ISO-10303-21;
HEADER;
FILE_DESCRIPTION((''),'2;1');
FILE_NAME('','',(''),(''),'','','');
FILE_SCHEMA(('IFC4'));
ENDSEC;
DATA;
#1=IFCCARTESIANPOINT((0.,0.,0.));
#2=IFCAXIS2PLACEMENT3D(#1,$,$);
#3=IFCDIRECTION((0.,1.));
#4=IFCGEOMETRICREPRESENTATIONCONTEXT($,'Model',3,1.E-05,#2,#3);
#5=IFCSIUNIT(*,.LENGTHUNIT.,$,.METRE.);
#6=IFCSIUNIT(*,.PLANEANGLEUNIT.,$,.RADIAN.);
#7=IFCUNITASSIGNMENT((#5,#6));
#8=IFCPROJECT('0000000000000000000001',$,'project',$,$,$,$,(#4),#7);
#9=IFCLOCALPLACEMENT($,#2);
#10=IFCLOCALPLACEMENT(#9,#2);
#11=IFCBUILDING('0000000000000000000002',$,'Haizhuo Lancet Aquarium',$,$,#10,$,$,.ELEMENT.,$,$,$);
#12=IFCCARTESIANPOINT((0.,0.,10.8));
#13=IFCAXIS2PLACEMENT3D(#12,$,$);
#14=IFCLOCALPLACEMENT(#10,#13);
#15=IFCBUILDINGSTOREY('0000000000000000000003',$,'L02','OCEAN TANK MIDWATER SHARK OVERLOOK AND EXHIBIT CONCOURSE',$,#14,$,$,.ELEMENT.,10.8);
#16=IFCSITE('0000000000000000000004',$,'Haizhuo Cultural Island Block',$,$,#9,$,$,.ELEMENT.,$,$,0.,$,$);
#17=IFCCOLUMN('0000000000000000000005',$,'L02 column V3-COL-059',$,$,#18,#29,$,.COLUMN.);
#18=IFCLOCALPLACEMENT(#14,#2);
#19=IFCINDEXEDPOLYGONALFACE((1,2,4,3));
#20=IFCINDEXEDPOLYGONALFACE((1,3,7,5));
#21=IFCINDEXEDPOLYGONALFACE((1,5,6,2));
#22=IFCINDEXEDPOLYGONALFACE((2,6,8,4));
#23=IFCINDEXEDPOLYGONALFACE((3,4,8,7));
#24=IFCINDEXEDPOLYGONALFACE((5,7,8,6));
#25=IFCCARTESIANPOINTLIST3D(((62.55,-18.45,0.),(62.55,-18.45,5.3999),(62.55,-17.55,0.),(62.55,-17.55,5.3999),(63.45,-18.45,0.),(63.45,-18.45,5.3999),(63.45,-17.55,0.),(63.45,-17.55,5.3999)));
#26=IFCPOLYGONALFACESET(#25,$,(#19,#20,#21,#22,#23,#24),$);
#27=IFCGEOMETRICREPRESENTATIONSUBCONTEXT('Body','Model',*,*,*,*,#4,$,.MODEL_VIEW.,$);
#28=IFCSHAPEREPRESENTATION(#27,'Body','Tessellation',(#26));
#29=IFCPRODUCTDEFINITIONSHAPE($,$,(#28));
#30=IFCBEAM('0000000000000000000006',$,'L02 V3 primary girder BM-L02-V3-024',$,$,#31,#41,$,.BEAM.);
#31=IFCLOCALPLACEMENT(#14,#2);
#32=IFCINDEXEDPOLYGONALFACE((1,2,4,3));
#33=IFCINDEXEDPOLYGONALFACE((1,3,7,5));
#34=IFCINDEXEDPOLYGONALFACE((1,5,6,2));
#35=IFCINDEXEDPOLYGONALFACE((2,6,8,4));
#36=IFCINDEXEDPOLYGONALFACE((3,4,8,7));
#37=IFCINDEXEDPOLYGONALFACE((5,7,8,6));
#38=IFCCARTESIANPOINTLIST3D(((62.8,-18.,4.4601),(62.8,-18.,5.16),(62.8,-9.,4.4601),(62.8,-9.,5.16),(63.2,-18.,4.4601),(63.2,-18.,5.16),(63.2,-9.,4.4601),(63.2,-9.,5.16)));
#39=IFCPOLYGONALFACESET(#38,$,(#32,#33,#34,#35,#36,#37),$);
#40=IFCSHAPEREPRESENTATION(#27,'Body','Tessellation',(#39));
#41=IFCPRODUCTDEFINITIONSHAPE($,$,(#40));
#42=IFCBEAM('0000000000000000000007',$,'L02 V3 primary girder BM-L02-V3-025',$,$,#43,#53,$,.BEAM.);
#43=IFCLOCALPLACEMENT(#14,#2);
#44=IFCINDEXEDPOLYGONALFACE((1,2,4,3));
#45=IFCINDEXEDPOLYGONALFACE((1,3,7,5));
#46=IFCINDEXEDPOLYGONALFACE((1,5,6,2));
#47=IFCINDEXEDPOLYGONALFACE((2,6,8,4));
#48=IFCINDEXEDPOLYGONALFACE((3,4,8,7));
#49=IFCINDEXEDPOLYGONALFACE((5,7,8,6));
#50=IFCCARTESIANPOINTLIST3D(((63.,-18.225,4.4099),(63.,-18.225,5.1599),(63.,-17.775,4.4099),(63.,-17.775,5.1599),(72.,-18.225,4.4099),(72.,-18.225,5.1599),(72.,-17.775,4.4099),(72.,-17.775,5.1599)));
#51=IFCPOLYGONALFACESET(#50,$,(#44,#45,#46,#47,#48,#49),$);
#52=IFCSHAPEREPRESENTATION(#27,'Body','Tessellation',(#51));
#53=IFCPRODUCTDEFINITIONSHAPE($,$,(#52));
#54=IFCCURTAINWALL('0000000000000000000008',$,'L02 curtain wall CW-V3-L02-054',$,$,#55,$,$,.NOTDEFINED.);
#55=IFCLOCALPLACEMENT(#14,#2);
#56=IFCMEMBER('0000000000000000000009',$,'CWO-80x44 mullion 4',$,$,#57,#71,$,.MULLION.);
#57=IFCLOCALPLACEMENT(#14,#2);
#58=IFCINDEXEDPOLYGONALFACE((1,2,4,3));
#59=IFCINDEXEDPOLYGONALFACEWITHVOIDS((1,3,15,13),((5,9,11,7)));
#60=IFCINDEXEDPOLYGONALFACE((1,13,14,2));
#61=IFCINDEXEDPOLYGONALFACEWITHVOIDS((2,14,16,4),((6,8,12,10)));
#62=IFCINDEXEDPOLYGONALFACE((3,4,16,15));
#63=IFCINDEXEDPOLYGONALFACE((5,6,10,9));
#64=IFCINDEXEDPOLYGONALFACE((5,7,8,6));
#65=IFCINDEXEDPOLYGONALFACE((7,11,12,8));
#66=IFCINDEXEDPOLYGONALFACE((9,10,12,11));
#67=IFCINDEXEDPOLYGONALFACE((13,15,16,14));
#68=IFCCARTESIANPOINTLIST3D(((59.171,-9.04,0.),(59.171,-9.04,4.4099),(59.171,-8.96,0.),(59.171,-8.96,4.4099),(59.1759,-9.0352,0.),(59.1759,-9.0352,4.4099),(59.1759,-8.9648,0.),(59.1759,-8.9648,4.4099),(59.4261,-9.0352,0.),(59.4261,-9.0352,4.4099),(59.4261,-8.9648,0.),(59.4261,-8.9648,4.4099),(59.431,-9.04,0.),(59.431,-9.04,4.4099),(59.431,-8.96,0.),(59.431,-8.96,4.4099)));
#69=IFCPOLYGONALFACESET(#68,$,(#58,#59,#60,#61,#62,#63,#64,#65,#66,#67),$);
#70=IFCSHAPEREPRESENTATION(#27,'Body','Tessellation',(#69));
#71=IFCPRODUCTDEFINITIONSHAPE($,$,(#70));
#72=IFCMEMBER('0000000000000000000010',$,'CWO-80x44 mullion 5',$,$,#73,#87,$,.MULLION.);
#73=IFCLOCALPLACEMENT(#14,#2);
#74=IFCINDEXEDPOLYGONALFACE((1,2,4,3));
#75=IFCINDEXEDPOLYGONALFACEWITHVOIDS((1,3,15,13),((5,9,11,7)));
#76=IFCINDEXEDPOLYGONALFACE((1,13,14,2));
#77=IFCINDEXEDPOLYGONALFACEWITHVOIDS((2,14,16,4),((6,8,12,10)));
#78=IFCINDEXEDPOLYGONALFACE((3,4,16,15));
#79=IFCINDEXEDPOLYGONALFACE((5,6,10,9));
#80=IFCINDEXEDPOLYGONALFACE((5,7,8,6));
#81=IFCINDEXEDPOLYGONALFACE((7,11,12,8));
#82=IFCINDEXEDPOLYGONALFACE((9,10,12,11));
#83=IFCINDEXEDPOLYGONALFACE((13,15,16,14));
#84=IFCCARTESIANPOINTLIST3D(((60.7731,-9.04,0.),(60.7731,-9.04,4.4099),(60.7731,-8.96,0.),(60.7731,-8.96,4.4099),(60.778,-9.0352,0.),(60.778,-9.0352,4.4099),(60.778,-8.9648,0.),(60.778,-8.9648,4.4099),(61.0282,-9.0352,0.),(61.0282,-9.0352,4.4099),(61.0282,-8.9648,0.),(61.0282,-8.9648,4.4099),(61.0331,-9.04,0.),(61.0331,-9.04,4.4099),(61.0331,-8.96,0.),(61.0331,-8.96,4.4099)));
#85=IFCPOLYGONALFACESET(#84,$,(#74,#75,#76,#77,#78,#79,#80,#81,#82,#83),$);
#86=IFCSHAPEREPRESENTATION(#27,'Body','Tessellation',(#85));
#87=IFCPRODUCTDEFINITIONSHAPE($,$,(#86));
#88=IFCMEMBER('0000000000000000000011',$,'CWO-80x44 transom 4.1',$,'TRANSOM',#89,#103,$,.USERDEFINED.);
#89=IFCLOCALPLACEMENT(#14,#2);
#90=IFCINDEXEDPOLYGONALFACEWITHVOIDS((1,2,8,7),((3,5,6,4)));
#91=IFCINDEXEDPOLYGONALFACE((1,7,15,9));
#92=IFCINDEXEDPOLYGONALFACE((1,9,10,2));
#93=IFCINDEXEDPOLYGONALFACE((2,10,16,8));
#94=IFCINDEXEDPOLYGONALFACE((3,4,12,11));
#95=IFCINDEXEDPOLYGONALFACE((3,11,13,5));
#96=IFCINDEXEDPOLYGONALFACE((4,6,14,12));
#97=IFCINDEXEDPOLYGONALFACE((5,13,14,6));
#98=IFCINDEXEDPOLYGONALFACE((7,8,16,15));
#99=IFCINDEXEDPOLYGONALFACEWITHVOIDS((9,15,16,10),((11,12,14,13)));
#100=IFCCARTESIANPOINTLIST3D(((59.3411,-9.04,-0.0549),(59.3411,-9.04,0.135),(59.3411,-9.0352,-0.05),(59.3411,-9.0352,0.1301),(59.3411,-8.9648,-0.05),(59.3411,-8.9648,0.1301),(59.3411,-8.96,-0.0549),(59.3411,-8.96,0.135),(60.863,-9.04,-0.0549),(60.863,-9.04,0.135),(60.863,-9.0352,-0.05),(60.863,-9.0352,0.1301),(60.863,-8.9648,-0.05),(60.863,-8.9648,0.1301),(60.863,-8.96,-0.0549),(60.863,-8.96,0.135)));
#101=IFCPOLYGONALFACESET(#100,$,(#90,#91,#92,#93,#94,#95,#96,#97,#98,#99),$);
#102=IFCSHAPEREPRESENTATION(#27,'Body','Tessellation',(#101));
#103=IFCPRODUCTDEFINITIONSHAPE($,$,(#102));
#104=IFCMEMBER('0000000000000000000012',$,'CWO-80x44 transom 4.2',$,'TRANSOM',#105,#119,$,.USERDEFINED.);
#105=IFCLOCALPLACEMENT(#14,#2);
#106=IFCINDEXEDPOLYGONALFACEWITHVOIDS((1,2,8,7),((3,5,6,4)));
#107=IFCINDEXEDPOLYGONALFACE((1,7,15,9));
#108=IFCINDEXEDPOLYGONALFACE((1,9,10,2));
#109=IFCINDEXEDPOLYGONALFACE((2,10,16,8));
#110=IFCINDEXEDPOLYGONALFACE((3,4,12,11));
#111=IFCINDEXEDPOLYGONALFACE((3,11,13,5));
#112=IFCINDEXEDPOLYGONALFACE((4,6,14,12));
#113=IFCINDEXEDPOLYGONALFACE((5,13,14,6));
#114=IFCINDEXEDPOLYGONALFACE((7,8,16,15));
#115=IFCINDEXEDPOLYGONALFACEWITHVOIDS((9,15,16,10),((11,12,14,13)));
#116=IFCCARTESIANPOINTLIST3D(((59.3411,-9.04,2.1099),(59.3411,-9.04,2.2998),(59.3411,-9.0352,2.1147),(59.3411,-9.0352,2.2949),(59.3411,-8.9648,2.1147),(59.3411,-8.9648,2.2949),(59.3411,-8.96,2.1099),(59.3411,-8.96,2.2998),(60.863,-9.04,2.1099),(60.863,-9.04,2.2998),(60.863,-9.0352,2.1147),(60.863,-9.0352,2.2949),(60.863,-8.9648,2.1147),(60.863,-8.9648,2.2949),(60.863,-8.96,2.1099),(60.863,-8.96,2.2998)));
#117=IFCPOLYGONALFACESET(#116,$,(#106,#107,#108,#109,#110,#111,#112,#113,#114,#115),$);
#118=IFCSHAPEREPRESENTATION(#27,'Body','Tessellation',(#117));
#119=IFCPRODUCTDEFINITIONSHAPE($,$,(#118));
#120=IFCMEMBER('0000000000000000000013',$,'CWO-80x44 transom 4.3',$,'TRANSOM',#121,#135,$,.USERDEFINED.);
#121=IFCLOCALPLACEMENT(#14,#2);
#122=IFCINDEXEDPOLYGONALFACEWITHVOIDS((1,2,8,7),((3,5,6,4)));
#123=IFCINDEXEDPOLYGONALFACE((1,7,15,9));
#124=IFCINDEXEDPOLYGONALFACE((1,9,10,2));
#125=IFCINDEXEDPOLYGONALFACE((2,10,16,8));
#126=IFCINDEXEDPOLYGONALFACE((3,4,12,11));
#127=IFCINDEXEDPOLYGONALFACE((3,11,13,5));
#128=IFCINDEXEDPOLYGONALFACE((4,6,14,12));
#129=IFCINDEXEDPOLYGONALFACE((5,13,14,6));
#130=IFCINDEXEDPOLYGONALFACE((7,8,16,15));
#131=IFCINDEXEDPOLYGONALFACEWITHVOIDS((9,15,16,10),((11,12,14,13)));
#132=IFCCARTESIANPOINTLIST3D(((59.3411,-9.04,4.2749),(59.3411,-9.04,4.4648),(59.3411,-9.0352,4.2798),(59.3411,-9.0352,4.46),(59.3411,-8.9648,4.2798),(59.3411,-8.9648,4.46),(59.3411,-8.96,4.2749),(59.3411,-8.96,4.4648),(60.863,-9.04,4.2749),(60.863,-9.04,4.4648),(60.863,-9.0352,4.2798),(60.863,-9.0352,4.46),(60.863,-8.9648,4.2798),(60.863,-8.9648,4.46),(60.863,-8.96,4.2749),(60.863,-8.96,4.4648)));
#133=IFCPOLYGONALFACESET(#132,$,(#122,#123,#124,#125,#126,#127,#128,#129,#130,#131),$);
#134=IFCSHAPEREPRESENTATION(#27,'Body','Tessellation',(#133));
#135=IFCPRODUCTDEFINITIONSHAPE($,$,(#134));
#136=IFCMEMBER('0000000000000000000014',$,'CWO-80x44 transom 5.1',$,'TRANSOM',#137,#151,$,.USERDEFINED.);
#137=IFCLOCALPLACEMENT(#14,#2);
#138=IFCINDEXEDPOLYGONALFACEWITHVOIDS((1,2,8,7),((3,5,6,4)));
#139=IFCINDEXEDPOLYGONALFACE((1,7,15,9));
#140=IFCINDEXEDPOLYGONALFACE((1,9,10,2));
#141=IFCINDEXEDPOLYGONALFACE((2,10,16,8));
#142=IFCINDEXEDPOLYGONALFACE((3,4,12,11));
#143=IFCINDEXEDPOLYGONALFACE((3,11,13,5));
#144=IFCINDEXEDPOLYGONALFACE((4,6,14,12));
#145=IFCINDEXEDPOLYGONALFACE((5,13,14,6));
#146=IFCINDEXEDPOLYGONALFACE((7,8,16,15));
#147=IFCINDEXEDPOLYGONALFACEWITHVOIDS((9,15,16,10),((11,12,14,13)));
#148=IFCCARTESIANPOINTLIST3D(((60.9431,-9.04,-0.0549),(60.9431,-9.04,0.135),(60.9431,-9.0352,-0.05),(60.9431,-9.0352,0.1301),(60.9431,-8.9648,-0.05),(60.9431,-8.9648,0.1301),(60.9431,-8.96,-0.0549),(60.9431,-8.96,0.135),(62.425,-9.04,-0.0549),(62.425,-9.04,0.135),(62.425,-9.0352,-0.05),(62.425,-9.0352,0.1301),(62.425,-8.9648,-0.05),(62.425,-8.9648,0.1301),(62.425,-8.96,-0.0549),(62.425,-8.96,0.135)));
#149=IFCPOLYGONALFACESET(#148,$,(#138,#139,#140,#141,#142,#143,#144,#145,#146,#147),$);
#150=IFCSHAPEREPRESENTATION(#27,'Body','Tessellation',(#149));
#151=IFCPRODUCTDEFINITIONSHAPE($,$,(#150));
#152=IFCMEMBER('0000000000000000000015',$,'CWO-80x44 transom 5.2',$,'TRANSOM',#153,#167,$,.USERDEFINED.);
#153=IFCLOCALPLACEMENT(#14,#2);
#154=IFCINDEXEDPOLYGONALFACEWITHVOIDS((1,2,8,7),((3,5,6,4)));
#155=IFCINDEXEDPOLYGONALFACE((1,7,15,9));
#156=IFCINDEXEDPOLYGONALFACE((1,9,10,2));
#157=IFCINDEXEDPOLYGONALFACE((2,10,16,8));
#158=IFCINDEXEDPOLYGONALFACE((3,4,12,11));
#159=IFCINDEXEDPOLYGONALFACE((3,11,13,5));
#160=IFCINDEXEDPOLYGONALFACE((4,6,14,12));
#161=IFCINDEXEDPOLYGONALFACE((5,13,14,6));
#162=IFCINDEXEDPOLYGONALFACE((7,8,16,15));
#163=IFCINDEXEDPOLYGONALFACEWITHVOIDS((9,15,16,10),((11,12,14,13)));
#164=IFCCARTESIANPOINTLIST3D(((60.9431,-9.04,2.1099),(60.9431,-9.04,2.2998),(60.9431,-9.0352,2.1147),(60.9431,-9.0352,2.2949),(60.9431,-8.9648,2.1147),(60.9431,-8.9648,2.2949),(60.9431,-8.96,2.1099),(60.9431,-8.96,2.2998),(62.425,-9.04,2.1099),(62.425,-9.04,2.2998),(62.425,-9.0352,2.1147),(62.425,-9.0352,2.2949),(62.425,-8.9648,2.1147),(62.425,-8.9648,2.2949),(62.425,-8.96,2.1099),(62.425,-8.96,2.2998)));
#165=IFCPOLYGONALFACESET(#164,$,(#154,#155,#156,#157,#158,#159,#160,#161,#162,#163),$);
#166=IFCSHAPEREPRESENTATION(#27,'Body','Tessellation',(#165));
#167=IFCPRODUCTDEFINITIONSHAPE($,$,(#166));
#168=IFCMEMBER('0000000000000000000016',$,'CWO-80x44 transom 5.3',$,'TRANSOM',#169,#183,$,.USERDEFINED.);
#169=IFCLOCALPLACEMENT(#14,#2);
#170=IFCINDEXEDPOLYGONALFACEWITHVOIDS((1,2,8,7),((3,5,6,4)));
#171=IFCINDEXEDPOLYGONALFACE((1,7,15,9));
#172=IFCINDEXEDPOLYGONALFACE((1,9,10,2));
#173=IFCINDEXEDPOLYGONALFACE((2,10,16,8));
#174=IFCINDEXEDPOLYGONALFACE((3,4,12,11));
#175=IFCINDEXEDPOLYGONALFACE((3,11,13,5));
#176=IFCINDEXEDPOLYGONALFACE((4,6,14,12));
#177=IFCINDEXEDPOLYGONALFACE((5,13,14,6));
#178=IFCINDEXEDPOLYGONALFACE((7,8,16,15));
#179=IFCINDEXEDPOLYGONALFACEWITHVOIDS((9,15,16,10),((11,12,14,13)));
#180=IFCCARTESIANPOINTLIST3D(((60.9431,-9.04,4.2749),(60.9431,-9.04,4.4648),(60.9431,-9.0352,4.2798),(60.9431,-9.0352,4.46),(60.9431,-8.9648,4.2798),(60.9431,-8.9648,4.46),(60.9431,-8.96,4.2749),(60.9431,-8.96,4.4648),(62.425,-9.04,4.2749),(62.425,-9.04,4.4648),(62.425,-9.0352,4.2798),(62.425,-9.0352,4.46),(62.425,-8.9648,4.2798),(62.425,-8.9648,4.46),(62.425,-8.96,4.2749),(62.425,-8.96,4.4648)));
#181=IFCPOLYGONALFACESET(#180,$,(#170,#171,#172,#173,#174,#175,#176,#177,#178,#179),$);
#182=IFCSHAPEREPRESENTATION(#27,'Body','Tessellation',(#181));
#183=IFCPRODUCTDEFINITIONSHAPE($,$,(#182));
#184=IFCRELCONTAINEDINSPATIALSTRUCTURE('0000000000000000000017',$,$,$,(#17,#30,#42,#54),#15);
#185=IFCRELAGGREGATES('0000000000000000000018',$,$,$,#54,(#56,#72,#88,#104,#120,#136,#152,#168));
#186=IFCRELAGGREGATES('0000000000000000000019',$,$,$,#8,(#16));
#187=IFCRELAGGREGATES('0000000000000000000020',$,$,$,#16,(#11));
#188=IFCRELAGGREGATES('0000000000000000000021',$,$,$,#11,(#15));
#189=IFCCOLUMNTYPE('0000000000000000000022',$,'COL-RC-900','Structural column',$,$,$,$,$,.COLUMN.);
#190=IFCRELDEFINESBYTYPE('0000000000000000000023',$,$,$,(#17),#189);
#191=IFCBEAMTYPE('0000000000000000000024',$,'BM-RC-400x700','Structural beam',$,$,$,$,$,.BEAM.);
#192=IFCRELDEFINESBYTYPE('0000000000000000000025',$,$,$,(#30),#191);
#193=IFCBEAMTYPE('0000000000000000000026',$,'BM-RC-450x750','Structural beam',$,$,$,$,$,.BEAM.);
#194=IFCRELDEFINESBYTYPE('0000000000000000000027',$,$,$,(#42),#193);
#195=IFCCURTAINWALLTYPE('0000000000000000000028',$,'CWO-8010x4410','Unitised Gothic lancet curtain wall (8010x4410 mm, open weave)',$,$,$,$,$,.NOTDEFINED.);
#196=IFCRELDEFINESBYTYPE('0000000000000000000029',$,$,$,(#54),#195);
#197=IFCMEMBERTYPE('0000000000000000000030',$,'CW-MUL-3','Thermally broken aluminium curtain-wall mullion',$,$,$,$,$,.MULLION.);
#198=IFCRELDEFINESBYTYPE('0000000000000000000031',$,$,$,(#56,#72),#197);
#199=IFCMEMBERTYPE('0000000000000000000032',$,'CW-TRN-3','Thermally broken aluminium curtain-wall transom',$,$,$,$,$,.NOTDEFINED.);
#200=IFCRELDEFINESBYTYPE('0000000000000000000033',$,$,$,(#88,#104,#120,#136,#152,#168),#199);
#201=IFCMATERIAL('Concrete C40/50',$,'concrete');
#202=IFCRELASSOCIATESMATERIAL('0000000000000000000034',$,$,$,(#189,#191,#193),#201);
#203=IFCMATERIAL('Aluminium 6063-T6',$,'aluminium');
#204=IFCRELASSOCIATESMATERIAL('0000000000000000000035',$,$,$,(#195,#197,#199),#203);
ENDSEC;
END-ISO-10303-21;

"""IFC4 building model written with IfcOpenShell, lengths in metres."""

from ifc_helpers import new_model, si_unit, direction, frame, origin, origin_2d, place, context, subcontext, project, spatial, rectangle, hollow_rectangle, extrude, material, material_profile, profile_set, type_object, element, aggregate, save


model = new_model("IFC4")

# Units and contexts
model_context = context("Model", 3, precision=1e-05, world=origin(), true_north=direction((0.0, 1.0)))
body_context = subcontext(model_context, "Body", "Model", "MODEL_VIEW")
ifc_project = project(units=[si_unit("LENGTHUNIT", "METRE"), si_unit("PLANEANGLEUNIT", "RADIAN")], contexts=[model_context])

# Site, building, storey
site_placement = place(None, origin())
site = spatial("IfcSite", under=ifc_project, at=site_placement, Name="Haizhuo Cultural Island Block", CompositionType="ELEMENT", RefElevation=0.0)
building_placement = place(site_placement, origin())
building = spatial("IfcBuilding", under=site, at=building_placement, Name="Haizhuo Lancet Aquarium", CompositionType="ELEMENT")
storey_placement = place(building_placement, frame((0.0, 0.0, 10.8)))
storey = spatial("IfcBuildingStorey", under=building, at=storey_placement, Name="L02", Description="OCEAN TANK MIDWATER SHARK OVERLOOK AND EXHIBIT CONCOURSE", CompositionType="ELEMENT", Elevation=10.8)

# Column
ifc_material_1 = material(Name="Concrete C40/50", Category="concrete")
ifc_material_profile_1 = material_profile(ifc_material_1, rectangle(XDim=0.8999, YDim=0.8999, at=origin_2d()), Name="RC-COL 900x900")
ifc_profile_set_1 = profile_set([ifc_material_profile_1], Name="Concrete C40/50")
column_type = type_object("IfcColumnType", Name="COL-RC-900", Description="Structural column", PredefinedType="COLUMN", material=ifc_profile_set_1)
column_placement = place(storey_placement, frame((63.0, -18.0, 0.0), z_axis=(0.0, 0.0, 1.0), x_axis=(1.0, 0.0, 0.0)))
element("IfcColumn", 1, at=column_placement, inside=storey, type_object=column_type, Name="L02 column V3-COL-059", PredefinedType="COLUMN", context=body_context, shape_type="SweptSolid", body=[
    extrude(rectangle(XDim=0.8999, YDim=0.8999, at=origin_2d()), origin(), (0.0, 0.0, 1.0), 5.3999),
])

# Beams
ifc_material_profile_2 = material_profile(ifc_material_1, rectangle(XDim=0.3999, YDim=0.7, at=origin_2d()), Name="RC-BM 400x700")
ifc_profile_set_2 = profile_set([ifc_material_profile_2], Name="Concrete C40/50")
beam_type_1 = type_object("IfcBeamType", Name="BM-RC-400x700", Description="Structural beam", PredefinedType="BEAM", material=ifc_profile_set_2)
beam_1_placement = place(storey_placement, frame((63.0, -18.0, 4.8101), z_axis=(0.0, 1.0, 0.0), x_axis=(-1.0, 0.0, 0.0)))
element("IfcBeam", 2, at=beam_1_placement, inside=storey, type_object=beam_type_1, Name="L02 V3 primary girder BM-L02-V3-024", PredefinedType="BEAM", context=body_context, shape_type="SweptSolid", body=[
    extrude(rectangle(XDim=0.3999, YDim=0.7, at=origin_2d()), origin(), (0.0, 0.0, 1.0), 9.0),
])
ifc_material_profile_3 = material_profile(ifc_material_1, rectangle(XDim=0.45, YDim=0.75, at=origin_2d()), Name="RC-BM 450x750")
ifc_profile_set_3 = profile_set([ifc_material_profile_3], Name="Concrete C40/50")
beam_type_2 = type_object("IfcBeamType", Name="BM-RC-450x750", Description="Structural beam", PredefinedType="BEAM", material=ifc_profile_set_3)
beam_2_placement = place(storey_placement, frame((63.0, -18.0, 4.7849), z_axis=(1.0, 0.0, 0.0), x_axis=(0.0, 1.0, 0.0)))
element("IfcBeam", 3, at=beam_2_placement, inside=storey, type_object=beam_type_2, Name="L02 V3 primary girder BM-L02-V3-025", PredefinedType="BEAM", context=body_context, shape_type="SweptSolid", body=[
    extrude(rectangle(XDim=0.45, YDim=0.75, at=origin_2d()), origin(), (0.0, 0.0, 1.0), 9.0),
])

# Curtain wall, members
ifc_material_2 = material(Name="Aluminium 6063-T6", Category="aluminium")
curtain_wall_type = type_object("IfcCurtainWallType", Name="CWO-8010x4410", Description="Unitised Gothic lancet curtain wall (8010x4410 mm, open weave)", PredefinedType="NOTDEFINED", material=ifc_material_2)
curtain_wall_placement = place(storey_placement, origin())
curtain_wall = element("IfcCurtainWall", 4, at=curtain_wall_placement, inside=storey, type_object=curtain_wall_type, Name="L02 curtain wall CW-V3-L02-054", PredefinedType="NOTDEFINED")
ifc_material_profile_4 = material_profile(ifc_material_2, hollow_rectangle(XDim=0.0801, YDim=0.26, WallThickness=0.0049, at=origin_2d()), Name="ALU-M 80x260x5")
ifc_profile_set_4 = profile_set([ifc_material_profile_4], Name="Aluminium 6063-T6")
member_type_1 = type_object("IfcMemberType", Name="CW-MUL-3", Description="Thermally broken aluminium curtain-wall mullion", PredefinedType="MULLION", material=ifc_profile_set_4)
member_1_placement = place(storey_placement, frame((59.301, -9.0, 0.0), z_axis=(0.0, 0.0, 1.0), x_axis=(0.0, 1.0, 0.0)))
member_1 = element("IfcMember", 5, at=member_1_placement, type_object=member_type_1, Name="CWO-80x44 mullion 4", PredefinedType="MULLION", context=body_context, shape_type="SweptSolid", body=[
    extrude(hollow_rectangle(XDim=0.0801, YDim=0.26, WallThickness=0.0049, at=origin_2d()), origin(), (0.0, 0.0, 1.0), 4.4099),
])
member_2_placement = place(storey_placement, frame((60.9031, -9.0, 0.0), z_axis=(0.0, 0.0, 1.0), x_axis=(0.0, 1.0, 0.0)))
member_2 = element("IfcMember", 6, at=member_2_placement, type_object=member_type_1, Name="CWO-80x44 mullion 5", PredefinedType="MULLION", context=body_context, shape_type="SweptSolid", body=[
    extrude(hollow_rectangle(XDim=0.0801, YDim=0.26, WallThickness=0.0049, at=origin_2d()), origin(), (0.0, 0.0, 1.0), 4.4099),
])
ifc_material_profile_5 = material_profile(ifc_material_2, hollow_rectangle(XDim=0.0801, YDim=0.1899, WallThickness=0.0049, at=origin_2d()), Name="ALU-T 80x190x5")
ifc_profile_set_5 = profile_set([ifc_material_profile_5], Name="Aluminium 6063-T6")
member_type_2 = type_object("IfcMemberType", Name="CW-TRN-3", Description="Thermally broken aluminium curtain-wall transom", PredefinedType="NOTDEFINED", material=ifc_profile_set_5)
member_3_placement = place(storey_placement, frame((59.3411, -9.0, 0.04), z_axis=(1.0, 0.0, 0.0), x_axis=(0.0, 1.0, 0.0)))
member_3 = element("IfcMember", 7, at=member_3_placement, type_object=member_type_2, Name="CWO-80x44 transom 4.1", ObjectType="TRANSOM", PredefinedType="USERDEFINED", context=body_context, shape_type="SweptSolid", body=[
    extrude(hollow_rectangle(XDim=0.0801, YDim=0.1899, WallThickness=0.0049, at=origin_2d()), origin(), (0.0, 0.0, 1.0), 1.522),
])
member_4_placement = place(storey_placement, frame((59.3411, -9.0, 2.2048), z_axis=(1.0, 0.0, 0.0), x_axis=(0.0, 1.0, 0.0)))
member_4 = element("IfcMember", 8, at=member_4_placement, type_object=member_type_2, Name="CWO-80x44 transom 4.2", ObjectType="TRANSOM", PredefinedType="USERDEFINED", context=body_context, shape_type="SweptSolid", body=[
    extrude(hollow_rectangle(XDim=0.0801, YDim=0.1899, WallThickness=0.0049, at=origin_2d()), origin(), (0.0, 0.0, 1.0), 1.522),
])
member_5_placement = place(storey_placement, frame((59.3411, -9.0, 4.3699), z_axis=(1.0, 0.0, 0.0), x_axis=(0.0, 1.0, 0.0)))
member_5 = element("IfcMember", 9, at=member_5_placement, type_object=member_type_2, Name="CWO-80x44 transom 4.3", ObjectType="TRANSOM", PredefinedType="USERDEFINED", context=body_context, shape_type="SweptSolid", body=[
    extrude(hollow_rectangle(XDim=0.0801, YDim=0.1899, WallThickness=0.0049, at=origin_2d()), origin(), (0.0, 0.0, 1.0), 1.522),
])
member_6_placement = place(storey_placement, frame((60.9431, -9.0, 0.04), z_axis=(1.0, 0.0, 0.0), x_axis=(0.0, 1.0, 0.0)))
member_6 = element("IfcMember", 10, at=member_6_placement, type_object=member_type_2, Name="CWO-80x44 transom 5.1", ObjectType="TRANSOM", PredefinedType="USERDEFINED", context=body_context, shape_type="SweptSolid", body=[
    extrude(hollow_rectangle(XDim=0.0801, YDim=0.1899, WallThickness=0.0049, at=origin_2d()), origin(), (0.0, 0.0, 1.0), 1.4819),
])
member_7_placement = place(storey_placement, frame((60.9431, -9.0, 2.2048), z_axis=(1.0, 0.0, 0.0), x_axis=(0.0, 1.0, 0.0)))
member_7 = element("IfcMember", 11, at=member_7_placement, type_object=member_type_2, Name="CWO-80x44 transom 5.2", ObjectType="TRANSOM", PredefinedType="USERDEFINED", context=body_context, shape_type="SweptSolid", body=[
    extrude(hollow_rectangle(XDim=0.0801, YDim=0.1899, WallThickness=0.0049, at=origin_2d()), origin(), (0.0, 0.0, 1.0), 1.4819),
])
member_8_placement = place(storey_placement, frame((60.9431, -9.0, 4.3699), z_axis=(1.0, 0.0, 0.0), x_axis=(0.0, 1.0, 0.0)))
member_8 = element("IfcMember", 12, at=member_8_placement, type_object=member_type_2, Name="CWO-80x44 transom 5.3", ObjectType="TRANSOM", PredefinedType="USERDEFINED", context=body_context, shape_type="SweptSolid", body=[
    extrude(hollow_rectangle(XDim=0.0801, YDim=0.1899, WallThickness=0.0049, at=origin_2d()), origin(), (0.0, 0.0, 1.0), 1.4819),
])

aggregate(curtain_wall, [member_1, member_2, member_3, member_4, member_5, member_6, member_7, member_8])

save(model, "model.ifc")
